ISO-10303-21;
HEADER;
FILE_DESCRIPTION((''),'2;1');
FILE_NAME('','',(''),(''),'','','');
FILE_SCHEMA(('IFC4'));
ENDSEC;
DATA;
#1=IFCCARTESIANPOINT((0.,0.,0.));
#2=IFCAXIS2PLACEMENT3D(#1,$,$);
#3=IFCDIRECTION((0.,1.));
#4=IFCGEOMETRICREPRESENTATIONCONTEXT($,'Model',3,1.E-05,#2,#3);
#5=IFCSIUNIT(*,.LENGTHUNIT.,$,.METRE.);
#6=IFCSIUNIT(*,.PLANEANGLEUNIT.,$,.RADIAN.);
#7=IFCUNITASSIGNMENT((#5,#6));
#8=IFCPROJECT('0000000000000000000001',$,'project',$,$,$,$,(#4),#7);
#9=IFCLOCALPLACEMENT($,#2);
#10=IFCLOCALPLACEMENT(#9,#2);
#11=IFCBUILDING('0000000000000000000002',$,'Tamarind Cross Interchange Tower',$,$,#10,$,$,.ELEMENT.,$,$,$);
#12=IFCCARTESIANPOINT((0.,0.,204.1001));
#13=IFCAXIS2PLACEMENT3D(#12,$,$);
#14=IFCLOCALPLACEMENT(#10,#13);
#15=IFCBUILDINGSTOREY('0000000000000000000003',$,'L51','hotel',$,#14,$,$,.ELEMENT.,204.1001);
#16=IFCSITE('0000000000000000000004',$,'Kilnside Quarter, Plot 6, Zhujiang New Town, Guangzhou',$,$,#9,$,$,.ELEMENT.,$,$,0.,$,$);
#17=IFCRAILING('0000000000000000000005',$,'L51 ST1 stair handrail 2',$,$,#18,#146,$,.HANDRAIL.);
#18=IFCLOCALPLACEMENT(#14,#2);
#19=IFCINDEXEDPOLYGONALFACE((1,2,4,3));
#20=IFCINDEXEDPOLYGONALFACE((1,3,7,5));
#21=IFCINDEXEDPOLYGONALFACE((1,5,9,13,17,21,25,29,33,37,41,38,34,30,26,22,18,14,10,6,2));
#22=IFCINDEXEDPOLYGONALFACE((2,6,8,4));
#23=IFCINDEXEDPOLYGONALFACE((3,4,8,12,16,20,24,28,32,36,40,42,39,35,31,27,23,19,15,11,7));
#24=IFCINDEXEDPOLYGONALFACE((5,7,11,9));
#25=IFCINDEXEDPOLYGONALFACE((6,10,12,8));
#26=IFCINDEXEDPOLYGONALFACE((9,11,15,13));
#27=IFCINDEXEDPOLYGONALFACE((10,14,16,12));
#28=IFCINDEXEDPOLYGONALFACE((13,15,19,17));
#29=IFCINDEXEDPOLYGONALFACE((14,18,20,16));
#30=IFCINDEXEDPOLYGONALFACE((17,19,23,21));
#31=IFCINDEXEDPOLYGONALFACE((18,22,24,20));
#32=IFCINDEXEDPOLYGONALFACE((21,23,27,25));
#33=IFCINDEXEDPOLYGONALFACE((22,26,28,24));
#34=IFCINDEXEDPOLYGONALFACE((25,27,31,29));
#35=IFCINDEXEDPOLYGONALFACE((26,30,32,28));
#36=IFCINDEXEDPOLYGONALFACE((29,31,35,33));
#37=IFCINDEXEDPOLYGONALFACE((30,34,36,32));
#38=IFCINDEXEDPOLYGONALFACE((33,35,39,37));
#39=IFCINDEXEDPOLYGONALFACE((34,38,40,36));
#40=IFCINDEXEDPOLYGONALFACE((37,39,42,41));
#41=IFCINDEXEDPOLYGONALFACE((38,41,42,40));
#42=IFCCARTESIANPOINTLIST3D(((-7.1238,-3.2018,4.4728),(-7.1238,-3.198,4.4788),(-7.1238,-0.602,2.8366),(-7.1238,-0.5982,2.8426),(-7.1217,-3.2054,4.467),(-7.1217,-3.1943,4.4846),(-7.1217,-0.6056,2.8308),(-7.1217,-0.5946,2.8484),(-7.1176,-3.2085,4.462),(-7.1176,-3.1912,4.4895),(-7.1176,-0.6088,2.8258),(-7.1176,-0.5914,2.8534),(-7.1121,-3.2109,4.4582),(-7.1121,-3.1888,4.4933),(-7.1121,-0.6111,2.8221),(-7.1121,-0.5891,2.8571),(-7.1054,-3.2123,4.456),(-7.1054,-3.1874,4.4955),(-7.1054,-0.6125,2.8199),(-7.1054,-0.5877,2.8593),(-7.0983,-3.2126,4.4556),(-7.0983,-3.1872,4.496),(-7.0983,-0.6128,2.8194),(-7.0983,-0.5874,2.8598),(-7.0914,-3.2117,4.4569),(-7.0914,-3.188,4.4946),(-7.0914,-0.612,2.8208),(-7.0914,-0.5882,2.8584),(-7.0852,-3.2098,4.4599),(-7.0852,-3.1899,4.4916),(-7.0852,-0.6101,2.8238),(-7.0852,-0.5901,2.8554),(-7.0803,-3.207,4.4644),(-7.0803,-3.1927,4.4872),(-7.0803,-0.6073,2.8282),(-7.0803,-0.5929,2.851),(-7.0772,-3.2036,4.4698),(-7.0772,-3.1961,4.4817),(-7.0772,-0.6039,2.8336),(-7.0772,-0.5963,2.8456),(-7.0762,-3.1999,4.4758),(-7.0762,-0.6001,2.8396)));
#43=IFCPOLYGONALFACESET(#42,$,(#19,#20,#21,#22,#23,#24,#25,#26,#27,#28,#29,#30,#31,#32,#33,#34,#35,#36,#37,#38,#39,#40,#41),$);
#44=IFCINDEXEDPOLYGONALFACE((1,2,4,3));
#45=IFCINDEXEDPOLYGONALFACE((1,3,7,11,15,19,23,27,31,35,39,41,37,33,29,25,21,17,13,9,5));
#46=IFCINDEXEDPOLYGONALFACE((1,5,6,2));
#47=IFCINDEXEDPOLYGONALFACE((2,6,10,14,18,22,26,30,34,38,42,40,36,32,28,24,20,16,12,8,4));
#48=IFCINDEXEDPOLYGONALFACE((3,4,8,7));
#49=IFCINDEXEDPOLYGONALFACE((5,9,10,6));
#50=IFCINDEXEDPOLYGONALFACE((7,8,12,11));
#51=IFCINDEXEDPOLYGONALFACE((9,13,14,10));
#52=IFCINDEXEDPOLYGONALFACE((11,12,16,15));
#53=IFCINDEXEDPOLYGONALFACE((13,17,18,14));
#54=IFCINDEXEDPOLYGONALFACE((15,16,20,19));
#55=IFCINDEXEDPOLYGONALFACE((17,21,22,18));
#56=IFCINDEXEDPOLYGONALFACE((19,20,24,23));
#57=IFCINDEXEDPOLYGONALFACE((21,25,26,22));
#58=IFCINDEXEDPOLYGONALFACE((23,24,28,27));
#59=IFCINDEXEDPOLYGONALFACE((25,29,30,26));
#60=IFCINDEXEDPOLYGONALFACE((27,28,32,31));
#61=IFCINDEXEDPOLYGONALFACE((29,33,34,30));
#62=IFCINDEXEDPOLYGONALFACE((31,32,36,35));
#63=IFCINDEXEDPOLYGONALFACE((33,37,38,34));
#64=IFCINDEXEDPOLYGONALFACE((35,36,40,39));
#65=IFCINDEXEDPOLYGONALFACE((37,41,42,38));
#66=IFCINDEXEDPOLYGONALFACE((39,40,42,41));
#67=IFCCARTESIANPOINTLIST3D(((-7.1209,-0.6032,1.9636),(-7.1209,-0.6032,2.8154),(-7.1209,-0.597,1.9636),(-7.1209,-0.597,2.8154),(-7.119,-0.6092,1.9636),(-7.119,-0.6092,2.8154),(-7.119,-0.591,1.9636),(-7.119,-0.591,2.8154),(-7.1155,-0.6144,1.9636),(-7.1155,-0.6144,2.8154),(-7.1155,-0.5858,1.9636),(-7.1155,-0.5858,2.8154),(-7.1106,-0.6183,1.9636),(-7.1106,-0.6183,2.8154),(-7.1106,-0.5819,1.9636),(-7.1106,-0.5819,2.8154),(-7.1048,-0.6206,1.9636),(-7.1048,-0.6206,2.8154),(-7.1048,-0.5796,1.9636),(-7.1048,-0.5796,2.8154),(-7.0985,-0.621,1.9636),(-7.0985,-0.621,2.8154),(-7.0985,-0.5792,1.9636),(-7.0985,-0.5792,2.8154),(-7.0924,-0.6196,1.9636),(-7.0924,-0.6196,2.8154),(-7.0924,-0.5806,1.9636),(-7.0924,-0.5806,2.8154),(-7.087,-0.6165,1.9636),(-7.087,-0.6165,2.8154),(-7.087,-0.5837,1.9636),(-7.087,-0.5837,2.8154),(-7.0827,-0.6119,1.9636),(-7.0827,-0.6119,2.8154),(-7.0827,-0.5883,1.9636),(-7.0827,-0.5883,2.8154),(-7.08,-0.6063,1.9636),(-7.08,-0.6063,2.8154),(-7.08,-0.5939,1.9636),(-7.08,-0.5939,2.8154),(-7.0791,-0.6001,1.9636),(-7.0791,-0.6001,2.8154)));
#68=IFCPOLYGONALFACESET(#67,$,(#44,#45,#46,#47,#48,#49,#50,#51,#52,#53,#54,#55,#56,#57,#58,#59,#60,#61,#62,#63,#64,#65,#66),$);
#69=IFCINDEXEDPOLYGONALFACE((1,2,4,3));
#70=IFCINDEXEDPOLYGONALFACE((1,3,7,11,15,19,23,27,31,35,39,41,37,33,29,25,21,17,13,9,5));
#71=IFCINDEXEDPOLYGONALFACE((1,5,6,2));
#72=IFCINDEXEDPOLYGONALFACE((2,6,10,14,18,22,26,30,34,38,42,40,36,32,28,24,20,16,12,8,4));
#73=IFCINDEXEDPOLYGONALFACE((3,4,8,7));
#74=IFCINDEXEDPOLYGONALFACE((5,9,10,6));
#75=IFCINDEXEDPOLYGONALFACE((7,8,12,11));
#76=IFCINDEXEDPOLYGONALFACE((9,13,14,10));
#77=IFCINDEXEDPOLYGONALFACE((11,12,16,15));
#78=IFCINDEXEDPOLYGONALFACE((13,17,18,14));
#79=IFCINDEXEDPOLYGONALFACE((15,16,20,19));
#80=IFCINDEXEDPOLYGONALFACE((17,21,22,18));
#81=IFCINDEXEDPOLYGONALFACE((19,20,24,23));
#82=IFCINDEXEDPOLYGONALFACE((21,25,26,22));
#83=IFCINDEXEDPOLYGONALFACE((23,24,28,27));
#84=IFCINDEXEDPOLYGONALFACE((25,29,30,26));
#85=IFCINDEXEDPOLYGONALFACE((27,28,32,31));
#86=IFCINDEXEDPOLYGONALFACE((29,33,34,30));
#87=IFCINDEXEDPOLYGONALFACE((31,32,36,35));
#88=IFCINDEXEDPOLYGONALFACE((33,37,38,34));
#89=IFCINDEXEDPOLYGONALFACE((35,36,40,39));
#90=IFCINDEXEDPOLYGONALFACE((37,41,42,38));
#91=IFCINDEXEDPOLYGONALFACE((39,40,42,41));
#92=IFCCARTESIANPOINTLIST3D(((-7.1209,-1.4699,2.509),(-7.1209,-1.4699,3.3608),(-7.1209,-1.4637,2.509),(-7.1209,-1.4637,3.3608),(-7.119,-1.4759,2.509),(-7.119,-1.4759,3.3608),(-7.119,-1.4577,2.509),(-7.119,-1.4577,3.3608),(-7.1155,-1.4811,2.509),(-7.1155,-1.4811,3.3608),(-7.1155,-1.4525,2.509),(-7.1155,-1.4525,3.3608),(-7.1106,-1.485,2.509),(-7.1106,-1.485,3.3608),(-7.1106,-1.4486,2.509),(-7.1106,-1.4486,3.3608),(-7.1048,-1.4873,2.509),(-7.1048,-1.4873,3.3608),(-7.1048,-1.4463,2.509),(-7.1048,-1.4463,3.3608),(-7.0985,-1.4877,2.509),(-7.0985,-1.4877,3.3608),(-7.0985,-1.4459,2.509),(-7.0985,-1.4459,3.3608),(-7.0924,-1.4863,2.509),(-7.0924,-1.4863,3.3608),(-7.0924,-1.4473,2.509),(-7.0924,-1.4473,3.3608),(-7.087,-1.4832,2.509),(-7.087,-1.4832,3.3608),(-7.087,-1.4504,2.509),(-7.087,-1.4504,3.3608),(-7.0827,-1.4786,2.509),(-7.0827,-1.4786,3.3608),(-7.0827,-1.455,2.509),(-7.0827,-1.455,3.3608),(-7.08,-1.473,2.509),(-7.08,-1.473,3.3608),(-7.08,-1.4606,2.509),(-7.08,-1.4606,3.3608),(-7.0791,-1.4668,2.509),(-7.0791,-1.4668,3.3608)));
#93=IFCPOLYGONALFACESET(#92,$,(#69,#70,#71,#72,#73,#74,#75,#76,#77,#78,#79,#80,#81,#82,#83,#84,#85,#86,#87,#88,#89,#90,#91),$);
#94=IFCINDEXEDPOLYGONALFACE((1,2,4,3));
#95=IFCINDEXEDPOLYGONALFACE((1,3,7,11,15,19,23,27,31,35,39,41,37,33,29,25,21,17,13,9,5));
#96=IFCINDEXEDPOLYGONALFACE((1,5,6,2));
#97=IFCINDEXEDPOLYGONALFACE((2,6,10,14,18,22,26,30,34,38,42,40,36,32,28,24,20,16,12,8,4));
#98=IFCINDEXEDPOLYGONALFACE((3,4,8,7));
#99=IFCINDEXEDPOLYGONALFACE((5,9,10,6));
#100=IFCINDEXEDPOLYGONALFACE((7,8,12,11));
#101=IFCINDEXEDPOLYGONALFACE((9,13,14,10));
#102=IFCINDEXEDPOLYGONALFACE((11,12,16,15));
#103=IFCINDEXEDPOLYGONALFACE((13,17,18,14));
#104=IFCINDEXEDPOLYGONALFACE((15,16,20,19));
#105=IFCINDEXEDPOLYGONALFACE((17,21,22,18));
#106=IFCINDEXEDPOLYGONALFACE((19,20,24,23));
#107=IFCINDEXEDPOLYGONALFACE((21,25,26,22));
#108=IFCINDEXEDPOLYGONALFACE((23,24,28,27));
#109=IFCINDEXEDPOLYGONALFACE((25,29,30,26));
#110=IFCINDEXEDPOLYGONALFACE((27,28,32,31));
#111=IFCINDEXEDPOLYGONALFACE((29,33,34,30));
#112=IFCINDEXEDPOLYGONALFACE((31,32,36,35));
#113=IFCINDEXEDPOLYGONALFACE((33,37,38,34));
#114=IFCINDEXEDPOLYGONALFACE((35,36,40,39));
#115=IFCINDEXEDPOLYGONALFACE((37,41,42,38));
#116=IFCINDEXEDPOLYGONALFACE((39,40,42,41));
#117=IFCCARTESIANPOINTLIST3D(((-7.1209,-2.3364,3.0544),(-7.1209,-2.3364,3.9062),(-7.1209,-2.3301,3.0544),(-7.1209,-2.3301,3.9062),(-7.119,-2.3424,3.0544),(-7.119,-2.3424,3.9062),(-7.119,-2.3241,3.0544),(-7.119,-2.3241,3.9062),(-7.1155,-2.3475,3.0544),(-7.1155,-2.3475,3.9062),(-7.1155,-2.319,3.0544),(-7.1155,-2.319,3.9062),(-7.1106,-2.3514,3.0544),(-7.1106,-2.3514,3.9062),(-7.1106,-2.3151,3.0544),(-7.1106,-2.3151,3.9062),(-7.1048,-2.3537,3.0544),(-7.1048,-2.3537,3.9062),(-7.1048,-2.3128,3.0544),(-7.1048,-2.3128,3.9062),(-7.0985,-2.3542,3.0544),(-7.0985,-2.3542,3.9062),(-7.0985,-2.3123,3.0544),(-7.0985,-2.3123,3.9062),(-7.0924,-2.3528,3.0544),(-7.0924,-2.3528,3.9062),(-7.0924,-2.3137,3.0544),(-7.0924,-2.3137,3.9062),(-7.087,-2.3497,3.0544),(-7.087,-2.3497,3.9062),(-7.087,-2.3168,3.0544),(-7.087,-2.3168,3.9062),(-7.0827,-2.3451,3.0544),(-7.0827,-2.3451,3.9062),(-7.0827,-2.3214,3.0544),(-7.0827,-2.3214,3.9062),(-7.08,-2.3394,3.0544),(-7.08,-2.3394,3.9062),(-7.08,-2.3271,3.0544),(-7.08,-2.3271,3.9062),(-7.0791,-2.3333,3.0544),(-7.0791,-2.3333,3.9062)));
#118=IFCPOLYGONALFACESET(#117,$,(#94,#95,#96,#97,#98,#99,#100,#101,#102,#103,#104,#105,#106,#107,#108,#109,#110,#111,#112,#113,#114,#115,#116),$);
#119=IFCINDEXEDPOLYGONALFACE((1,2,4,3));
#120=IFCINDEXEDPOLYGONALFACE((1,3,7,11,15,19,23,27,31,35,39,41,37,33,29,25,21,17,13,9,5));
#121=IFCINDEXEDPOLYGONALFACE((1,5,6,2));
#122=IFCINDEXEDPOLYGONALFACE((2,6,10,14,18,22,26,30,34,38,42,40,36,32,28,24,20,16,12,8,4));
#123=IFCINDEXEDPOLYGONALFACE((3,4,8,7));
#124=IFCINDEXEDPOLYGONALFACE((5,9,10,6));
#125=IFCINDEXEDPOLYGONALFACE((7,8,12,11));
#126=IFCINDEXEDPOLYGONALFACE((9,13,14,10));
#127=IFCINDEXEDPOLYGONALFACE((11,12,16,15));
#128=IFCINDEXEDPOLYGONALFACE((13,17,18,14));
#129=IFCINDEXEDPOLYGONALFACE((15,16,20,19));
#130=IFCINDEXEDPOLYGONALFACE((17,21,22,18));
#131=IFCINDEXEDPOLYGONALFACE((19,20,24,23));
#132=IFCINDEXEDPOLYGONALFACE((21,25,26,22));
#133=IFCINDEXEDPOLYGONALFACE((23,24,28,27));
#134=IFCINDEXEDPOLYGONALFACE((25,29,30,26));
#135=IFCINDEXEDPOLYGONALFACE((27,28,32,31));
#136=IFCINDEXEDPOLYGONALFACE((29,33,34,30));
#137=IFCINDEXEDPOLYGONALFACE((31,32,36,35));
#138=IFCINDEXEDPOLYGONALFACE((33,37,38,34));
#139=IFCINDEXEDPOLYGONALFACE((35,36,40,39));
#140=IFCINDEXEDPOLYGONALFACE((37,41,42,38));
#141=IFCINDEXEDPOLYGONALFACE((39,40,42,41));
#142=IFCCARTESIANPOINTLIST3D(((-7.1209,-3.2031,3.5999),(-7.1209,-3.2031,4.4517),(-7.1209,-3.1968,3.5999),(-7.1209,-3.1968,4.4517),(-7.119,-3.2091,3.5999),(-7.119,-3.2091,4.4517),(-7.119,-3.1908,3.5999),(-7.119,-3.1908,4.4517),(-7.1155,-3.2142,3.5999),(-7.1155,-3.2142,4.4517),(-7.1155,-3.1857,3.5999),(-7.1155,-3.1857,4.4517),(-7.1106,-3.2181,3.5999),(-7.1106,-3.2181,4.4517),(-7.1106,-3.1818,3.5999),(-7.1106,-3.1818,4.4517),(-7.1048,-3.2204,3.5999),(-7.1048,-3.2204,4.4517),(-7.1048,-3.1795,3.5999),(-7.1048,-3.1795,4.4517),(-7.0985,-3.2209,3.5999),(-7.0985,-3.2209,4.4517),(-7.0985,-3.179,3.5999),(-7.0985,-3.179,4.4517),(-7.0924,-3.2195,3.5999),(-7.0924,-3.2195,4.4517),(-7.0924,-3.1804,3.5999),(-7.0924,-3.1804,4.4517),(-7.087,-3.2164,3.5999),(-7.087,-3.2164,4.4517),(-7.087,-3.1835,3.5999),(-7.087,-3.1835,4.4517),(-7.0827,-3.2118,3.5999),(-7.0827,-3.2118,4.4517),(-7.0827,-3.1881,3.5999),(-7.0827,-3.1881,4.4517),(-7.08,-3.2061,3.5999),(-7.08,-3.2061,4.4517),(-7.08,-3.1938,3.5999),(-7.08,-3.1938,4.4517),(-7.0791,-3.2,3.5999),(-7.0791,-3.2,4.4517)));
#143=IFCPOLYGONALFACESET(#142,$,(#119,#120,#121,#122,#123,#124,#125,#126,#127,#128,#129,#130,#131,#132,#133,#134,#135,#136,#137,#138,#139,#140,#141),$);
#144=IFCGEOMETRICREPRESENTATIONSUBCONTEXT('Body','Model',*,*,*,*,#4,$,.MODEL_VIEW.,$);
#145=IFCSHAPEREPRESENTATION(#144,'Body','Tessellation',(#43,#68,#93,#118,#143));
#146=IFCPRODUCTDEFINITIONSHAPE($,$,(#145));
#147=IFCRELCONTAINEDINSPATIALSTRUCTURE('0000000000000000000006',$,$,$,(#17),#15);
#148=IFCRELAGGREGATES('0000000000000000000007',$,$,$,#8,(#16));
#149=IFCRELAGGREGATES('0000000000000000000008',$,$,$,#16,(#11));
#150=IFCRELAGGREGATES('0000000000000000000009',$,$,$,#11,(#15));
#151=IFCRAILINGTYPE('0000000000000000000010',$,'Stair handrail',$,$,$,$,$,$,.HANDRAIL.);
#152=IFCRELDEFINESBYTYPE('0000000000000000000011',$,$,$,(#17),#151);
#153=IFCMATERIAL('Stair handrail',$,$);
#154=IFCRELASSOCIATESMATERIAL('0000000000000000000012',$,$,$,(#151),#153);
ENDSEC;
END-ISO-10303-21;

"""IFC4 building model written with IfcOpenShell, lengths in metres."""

from ifc_helpers import new_model, si_unit, direction, frame, origin, origin_2d, place, context, subcontext, project, spatial, circle, extrude, material, type_object, element, save


model = new_model("IFC4")

# Units and contexts
model_context = context("Model", 3, precision=1e-05, world=origin(), true_north=direction((0.0, 1.0)))
body_context = subcontext(model_context, "Body", "Model", "MODEL_VIEW")
ifc_project = project(units=[si_unit("LENGTHUNIT", "METRE"), si_unit("PLANEANGLEUNIT", "RADIAN")], contexts=[model_context])

# Site, building, storey
site_placement = place(None, origin())
site = spatial("IfcSite", under=ifc_project, at=site_placement, Name="Kilnside Quarter, Plot 6, Zhujiang New Town, Guangzhou", CompositionType="ELEMENT", RefElevation=0.0)
building_placement = place(site_placement, origin())
building = spatial("IfcBuilding", under=site, at=building_placement, Name="Tamarind Cross Interchange Tower", CompositionType="ELEMENT")
storey_placement = place(building_placement, frame((0.0, 0.0, 204.1001)))
storey = spatial("IfcBuildingStorey", under=building, at=storey_placement, Name="L51", Description="hotel", CompositionType="ELEMENT", Elevation=204.1001)

# Railing
ifc_material_1 = material(Name="Stair handrail")
railing_type_1 = type_object("IfcRailingType", Name="Stair handrail", PredefinedType="HANDRAIL", material=ifc_material_1)
railing_1_placement = place(storey_placement, frame((-7.1001, -0.6001, 1.9636)))
element("IfcRailing", 1, at=railing_1_placement, inside=storey, type_object=railing_type_1, Name="L51 ST1 stair handrail 2", PredefinedType="HANDRAIL", context=body_context, shape_type="SweptSolid", body=[
    extrude(circle(Radius=0.0239, at=origin_2d()), frame((0.0, 0.0, 0.876), z_axis=(0.0, -0.846338, 0.532647), x_axis=(1.0, 0.0, 0.0)), (0.0, 0.0, 1.0), 3.0718),
    extrude(circle(Radius=0.021, at=origin_2d()), origin(), (0.0, 0.0, 1.0), 0.8518),
    extrude(circle(Radius=0.021, at=origin_2d()), frame((0.0, -0.8667, 0.5454)), (0.0, 0.0, 1.0), 0.8518),
    extrude(circle(Radius=0.021, at=origin_2d()), frame((0.0, -1.7332, 1.0908)), (0.0, 0.0, 1.0), 0.8518),
    extrude(circle(Radius=0.021, at=origin_2d()), frame((0.0, -2.5999, 1.6362)), (0.0, 0.0, 1.0), 0.8518),
])

save(model, "model.ifc")
